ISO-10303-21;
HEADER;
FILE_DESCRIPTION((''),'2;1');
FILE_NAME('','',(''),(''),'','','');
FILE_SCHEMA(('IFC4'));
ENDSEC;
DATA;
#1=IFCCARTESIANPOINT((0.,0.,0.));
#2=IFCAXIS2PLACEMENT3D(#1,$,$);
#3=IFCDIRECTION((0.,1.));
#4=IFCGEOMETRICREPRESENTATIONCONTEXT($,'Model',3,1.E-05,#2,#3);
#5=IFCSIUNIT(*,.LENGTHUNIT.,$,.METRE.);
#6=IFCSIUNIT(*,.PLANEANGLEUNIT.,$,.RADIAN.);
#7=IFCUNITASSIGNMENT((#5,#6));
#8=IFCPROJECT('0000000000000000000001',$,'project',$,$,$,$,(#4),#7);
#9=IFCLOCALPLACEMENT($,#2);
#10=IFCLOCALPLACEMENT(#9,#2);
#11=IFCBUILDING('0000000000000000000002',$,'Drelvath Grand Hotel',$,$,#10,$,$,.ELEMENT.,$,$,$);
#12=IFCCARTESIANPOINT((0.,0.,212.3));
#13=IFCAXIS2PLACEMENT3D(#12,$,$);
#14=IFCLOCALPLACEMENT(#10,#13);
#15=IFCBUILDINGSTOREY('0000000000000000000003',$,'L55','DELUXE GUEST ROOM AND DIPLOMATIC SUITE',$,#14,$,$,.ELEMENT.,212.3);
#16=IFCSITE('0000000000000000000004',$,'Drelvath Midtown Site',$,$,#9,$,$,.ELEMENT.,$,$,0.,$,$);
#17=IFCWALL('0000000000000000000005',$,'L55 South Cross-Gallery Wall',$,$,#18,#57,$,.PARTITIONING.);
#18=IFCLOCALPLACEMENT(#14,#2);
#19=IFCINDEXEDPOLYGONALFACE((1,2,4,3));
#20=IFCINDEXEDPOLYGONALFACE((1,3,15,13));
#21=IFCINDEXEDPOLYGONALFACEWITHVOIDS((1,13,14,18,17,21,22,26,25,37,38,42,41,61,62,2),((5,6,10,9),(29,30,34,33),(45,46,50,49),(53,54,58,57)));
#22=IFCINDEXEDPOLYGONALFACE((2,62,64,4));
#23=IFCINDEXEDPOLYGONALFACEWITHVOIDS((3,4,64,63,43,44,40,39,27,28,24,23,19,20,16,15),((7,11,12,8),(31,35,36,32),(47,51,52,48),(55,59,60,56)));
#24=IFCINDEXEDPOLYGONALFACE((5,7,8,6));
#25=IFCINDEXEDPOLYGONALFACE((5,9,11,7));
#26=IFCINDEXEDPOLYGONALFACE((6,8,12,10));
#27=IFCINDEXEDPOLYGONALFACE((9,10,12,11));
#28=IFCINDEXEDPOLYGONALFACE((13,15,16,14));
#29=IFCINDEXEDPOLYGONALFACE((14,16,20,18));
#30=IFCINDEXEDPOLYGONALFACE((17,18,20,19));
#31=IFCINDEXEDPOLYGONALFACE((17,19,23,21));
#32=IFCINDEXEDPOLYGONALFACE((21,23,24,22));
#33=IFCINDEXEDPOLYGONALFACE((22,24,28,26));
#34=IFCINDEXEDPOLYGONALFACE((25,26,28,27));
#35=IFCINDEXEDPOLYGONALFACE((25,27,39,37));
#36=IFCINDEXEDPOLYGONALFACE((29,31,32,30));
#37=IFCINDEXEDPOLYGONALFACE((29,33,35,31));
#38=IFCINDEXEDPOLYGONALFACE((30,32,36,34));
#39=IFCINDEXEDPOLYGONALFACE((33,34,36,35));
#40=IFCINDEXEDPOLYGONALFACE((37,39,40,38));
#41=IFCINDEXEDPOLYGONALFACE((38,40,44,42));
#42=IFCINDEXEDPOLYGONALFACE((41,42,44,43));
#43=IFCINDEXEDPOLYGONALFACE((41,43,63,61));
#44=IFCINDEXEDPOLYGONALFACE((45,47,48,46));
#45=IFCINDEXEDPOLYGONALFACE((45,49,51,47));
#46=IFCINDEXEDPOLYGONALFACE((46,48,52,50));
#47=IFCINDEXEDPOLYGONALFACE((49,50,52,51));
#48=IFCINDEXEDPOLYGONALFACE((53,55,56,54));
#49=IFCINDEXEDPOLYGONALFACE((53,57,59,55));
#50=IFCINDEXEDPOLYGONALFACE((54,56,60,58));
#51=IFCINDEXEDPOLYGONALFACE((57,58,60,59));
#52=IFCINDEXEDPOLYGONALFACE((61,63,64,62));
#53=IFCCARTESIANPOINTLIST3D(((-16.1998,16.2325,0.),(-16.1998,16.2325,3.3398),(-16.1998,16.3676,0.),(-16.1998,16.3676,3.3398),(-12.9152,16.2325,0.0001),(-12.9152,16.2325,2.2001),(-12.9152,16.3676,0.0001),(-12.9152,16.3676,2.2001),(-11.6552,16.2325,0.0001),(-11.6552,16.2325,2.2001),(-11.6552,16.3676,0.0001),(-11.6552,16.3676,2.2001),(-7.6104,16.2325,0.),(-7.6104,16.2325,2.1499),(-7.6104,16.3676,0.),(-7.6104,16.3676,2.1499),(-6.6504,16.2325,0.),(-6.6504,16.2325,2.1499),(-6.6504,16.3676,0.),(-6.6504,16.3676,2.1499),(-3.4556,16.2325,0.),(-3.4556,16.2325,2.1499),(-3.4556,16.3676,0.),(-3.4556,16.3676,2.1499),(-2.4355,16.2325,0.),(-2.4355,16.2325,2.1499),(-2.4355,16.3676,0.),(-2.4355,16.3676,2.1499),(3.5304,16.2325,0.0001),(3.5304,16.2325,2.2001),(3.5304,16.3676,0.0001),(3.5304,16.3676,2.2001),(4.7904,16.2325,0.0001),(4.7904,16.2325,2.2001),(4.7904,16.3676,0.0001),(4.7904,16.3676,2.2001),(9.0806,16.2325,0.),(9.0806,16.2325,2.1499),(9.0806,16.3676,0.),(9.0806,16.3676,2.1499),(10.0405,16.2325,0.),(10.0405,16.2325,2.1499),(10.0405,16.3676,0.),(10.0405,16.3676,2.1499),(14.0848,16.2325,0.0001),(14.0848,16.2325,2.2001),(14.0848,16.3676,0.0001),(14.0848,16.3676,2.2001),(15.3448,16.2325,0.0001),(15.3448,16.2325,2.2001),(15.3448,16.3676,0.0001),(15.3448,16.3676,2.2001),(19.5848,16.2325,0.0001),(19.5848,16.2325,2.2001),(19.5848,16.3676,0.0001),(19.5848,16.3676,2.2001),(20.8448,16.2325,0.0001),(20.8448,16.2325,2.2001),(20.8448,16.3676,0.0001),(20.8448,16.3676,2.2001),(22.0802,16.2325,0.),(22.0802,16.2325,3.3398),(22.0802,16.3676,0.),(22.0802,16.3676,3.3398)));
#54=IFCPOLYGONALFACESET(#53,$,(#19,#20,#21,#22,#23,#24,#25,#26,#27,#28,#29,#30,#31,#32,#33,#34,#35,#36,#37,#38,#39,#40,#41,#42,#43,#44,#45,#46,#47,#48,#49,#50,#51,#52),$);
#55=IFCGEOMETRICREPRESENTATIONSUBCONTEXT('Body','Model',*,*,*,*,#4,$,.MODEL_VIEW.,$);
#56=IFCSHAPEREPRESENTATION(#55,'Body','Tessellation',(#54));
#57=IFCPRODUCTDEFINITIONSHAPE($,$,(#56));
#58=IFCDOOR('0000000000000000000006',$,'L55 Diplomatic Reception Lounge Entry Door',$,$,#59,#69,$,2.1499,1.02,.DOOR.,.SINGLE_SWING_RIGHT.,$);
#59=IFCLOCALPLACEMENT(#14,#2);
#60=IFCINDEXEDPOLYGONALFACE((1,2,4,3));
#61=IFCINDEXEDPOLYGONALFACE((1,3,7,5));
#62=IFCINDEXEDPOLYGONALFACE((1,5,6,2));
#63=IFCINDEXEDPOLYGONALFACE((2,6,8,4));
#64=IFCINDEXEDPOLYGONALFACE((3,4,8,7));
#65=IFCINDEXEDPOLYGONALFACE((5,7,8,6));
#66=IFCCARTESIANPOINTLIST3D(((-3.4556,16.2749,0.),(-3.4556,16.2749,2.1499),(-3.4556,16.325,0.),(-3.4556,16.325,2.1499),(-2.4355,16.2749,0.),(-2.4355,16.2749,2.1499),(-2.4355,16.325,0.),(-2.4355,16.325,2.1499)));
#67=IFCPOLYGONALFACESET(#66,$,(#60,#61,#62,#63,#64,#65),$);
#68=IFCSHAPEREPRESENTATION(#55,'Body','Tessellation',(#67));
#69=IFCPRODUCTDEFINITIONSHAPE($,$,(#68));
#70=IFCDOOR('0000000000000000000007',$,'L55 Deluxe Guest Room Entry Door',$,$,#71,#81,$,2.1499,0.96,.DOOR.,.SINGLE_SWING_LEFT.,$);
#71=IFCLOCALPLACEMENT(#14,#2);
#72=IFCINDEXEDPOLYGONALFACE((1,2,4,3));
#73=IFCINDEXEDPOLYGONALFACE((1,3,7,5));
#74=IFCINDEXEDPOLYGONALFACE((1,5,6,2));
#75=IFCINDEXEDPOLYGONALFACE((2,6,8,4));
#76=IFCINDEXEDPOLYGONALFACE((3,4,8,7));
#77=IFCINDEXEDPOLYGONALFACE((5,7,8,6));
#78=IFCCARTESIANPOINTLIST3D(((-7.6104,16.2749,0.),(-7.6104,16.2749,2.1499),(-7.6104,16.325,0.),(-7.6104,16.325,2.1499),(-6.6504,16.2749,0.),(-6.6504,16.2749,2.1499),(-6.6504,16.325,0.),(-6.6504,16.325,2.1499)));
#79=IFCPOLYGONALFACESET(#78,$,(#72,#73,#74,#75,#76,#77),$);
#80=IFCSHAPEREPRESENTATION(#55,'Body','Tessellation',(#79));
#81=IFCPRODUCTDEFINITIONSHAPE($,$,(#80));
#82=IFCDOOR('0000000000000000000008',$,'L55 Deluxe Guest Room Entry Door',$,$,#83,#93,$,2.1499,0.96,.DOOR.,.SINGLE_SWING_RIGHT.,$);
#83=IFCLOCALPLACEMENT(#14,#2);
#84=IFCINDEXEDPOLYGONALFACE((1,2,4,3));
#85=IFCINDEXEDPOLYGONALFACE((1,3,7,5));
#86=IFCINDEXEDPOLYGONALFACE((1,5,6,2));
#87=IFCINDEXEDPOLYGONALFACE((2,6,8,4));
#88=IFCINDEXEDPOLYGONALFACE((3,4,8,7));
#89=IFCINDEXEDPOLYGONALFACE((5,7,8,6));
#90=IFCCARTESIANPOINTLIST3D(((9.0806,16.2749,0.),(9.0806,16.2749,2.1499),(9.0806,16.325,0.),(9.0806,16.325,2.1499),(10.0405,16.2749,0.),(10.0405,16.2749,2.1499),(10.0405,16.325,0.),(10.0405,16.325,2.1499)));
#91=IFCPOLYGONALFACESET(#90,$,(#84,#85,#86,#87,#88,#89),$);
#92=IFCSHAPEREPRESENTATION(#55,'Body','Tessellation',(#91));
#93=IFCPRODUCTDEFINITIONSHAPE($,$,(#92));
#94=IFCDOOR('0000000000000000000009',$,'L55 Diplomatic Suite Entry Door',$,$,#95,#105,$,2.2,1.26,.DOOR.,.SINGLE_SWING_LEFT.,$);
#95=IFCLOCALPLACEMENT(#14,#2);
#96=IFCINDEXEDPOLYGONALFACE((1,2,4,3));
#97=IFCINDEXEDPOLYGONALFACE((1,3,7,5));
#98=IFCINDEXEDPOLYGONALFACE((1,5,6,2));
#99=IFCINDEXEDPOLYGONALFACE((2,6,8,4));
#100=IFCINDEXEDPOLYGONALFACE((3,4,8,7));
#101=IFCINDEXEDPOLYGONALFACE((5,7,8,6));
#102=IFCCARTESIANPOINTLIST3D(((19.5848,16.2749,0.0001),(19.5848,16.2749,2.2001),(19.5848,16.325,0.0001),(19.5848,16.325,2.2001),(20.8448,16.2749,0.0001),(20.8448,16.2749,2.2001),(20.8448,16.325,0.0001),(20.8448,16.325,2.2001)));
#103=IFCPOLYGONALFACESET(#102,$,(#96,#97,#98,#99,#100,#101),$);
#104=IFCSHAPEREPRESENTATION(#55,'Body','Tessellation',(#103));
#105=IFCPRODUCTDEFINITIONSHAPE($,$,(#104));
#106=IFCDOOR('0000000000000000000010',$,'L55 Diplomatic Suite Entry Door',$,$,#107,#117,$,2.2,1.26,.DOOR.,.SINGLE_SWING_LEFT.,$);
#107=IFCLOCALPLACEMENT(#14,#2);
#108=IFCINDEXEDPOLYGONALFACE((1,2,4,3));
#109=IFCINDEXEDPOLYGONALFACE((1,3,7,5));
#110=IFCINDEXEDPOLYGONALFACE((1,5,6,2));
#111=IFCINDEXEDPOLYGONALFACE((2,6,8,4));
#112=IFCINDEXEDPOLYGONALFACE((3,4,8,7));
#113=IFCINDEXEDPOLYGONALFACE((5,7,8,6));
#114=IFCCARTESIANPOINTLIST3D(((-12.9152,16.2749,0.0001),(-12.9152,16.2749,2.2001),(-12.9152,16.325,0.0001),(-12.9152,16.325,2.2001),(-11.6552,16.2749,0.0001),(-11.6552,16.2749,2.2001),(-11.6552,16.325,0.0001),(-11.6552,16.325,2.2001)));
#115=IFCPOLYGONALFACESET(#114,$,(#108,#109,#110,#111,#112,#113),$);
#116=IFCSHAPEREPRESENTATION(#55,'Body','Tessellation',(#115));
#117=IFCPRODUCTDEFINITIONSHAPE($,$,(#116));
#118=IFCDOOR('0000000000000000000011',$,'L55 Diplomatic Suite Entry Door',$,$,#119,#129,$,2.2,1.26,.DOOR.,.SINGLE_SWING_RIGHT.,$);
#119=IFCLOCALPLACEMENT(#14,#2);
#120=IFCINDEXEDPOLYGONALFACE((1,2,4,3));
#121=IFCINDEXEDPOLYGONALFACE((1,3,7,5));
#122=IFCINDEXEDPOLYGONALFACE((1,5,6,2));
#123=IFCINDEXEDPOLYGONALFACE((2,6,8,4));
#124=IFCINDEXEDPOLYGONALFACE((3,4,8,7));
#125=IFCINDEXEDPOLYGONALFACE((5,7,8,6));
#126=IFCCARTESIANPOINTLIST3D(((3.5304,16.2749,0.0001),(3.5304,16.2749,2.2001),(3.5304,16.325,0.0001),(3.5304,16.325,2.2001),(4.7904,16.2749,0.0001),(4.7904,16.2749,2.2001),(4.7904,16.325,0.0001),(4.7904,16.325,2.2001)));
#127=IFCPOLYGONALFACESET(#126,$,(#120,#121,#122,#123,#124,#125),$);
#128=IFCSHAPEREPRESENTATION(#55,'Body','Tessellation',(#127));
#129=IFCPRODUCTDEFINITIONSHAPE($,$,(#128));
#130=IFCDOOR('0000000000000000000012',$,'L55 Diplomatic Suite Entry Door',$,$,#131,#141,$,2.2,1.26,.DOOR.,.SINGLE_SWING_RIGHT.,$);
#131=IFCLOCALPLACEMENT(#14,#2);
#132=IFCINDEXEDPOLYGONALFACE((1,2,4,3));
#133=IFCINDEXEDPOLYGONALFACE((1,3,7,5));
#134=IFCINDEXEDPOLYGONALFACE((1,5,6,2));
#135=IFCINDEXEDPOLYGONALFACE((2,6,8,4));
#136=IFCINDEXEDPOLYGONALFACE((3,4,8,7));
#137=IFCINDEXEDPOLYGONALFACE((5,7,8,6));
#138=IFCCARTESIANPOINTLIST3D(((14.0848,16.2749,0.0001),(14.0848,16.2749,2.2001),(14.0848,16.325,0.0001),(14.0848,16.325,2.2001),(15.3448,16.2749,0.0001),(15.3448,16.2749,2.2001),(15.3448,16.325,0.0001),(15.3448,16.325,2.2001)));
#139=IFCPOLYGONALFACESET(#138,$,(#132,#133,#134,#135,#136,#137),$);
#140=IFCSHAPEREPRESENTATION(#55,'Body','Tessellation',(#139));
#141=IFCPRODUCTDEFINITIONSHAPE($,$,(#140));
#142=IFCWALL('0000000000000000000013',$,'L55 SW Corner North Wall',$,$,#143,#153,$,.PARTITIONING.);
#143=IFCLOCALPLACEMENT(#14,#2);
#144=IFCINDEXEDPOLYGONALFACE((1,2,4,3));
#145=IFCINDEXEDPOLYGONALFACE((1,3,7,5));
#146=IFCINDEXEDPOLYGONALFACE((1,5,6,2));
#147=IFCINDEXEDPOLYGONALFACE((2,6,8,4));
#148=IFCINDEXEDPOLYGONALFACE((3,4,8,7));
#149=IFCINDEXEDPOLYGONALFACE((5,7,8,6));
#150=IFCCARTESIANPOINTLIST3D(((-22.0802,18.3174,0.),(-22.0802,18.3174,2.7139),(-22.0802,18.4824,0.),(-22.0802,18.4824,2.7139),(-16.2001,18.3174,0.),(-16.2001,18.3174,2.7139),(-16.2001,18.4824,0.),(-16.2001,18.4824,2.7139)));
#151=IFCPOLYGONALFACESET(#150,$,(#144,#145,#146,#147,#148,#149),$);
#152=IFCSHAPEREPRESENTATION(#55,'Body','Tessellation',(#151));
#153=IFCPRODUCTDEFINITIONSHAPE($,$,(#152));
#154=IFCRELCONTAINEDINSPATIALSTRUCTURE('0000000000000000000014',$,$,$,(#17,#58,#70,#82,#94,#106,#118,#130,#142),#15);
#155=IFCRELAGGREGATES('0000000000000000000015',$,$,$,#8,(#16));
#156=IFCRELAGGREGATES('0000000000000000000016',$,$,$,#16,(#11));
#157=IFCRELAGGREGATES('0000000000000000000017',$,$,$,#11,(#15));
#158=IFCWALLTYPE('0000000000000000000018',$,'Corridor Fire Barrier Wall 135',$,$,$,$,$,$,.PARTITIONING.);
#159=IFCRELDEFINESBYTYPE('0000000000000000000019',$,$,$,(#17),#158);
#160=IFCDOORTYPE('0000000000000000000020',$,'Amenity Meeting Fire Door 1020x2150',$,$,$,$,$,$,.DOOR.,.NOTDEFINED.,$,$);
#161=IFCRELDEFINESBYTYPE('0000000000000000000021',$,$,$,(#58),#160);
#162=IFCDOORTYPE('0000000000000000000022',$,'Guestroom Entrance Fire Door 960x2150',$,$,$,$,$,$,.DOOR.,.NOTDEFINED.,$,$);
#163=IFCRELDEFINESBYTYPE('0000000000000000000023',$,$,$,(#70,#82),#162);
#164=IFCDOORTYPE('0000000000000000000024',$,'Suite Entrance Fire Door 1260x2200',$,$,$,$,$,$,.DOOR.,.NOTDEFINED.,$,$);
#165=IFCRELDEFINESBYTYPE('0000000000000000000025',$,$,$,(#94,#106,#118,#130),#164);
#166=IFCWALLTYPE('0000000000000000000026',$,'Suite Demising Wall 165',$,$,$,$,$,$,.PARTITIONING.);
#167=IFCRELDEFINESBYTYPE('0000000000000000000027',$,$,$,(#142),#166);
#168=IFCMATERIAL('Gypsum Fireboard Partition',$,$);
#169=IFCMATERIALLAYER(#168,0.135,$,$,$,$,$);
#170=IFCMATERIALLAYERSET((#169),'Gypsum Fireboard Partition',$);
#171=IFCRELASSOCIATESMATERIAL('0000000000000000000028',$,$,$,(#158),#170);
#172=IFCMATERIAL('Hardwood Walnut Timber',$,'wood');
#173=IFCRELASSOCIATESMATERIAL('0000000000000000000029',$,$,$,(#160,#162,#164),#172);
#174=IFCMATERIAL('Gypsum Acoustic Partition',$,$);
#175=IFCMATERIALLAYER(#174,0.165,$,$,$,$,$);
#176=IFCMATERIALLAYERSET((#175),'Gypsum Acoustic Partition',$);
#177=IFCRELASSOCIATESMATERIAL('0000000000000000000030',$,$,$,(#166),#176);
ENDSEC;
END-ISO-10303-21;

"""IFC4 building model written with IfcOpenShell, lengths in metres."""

from ifc_helpers import new_model, si_unit, direction, frame, frame_2d, origin, place, context, subcontext, project, spatial, rectangle, extrude, material, layer, layer_set, type_object, element, fill, save


model = new_model("IFC4")

# Units and contexts
model_context = context("Model", 3, precision=1e-05, world=origin(), true_north=direction((0.0, 1.0)))
body_context = subcontext(model_context, "Body", "Model", "MODEL_VIEW")
ifc_project = project(units=[si_unit("LENGTHUNIT", "METRE"), si_unit("PLANEANGLEUNIT", "RADIAN")], contexts=[model_context])

# Site, building, storey
site_placement = place(None, origin())
site = spatial("IfcSite", under=ifc_project, at=site_placement, Name="Drelvath Midtown Site", CompositionType="ELEMENT", RefElevation=0.0)
building_placement = place(site_placement, origin())
building = spatial("IfcBuilding", under=site, at=building_placement, Name="Drelvath Grand Hotel", CompositionType="ELEMENT")
storey_placement = place(building_placement, frame((0.0, 0.0, 212.3)))
storey = spatial("IfcBuildingStorey", under=building, at=storey_placement, Name="L55", Description="DELUXE GUEST ROOM AND DIPLOMATIC SUITE", CompositionType="ELEMENT", Elevation=212.3)

# Wall, openings, doors
ifc_material_1 = material(Name="Gypsum Fireboard Partition")
ifc_layer_1 = layer(ifc_material_1, 0.135)
ifc_layer_set_1 = layer_set([ifc_layer_1], Name="Gypsum Fireboard Partition")
wall_type_1 = type_object("IfcWallType", Name="Corridor Fire Barrier Wall 135", PredefinedType="PARTITIONING", material=ifc_layer_set_1)
wall_1_placement = place(storey_placement, frame((-16.2, 16.3, 0.0), z_axis=(0.0, 0.0, 1.0), x_axis=(1.0, 0.0, 0.0)))
wall_1 = element("IfcWall", 1, at=wall_1_placement, inside=storey, type_object=wall_type_1, Name="L55 South Cross-Gallery Wall", PredefinedType="PARTITIONING", context=body_context, shape_type="SweptSolid", body=[
    extrude(rectangle(XDim=38.28, YDim=0.135, at=frame_2d((19.1401, 0.0))), origin(), (0.0, 0.0, 1.0), 3.3398),
])
opening_1_placement = place(wall_1_placement, frame((35.7849, 0.0, 0.0)))
opening_1 = element("IfcOpeningElement", 2, at=opening_1_placement, cuts=wall_1, PredefinedType="OPENING", context=body_context, shape_type="SweptSolid", body=[
    extrude(rectangle(XDim=1.26, YDim=2.2, at=frame_2d((0.6299, 1.1001))), frame((0.0, 0.0774, 0.0), z_axis=(0.0, -1.0, 0.0), x_axis=(1.0, 0.0, 0.0)), (0.0, 0.0, 1.0), 0.155),
])
opening_2_placement = place(wall_1_placement, frame((3.2849, 0.0, 0.0)))
opening_2 = element("IfcOpeningElement", 3, at=opening_2_placement, cuts=wall_1, PredefinedType="OPENING", context=body_context, shape_type="SweptSolid", body=[
    extrude(rectangle(XDim=1.26, YDim=2.2, at=frame_2d((0.6299, 1.1001))), frame((0.0, 0.0774, 0.0), z_axis=(0.0, -1.0, 0.0), x_axis=(1.0, 0.0, 0.0)), (0.0, 0.0, 1.0), 0.155),
])
opening_3_placement = place(wall_1_placement, frame((8.5896, 0.0, 0.0)))
opening_3 = element("IfcOpeningElement", 4, at=opening_3_placement, cuts=wall_1, PredefinedType="OPENING", context=body_context, shape_type="SweptSolid", body=[
    extrude(rectangle(XDim=0.96, YDim=2.1499, at=frame_2d((0.48, 1.075))), frame((0.0, 0.0774, 0.0), z_axis=(0.0, -1.0, 0.0), x_axis=(1.0, 0.0, 0.0)), (0.0, 0.0, 1.0), 0.155),
])
opening_4_placement = place(wall_1_placement, frame((12.7444, 0.0, 0.0)))
opening_4 = element("IfcOpeningElement", 5, at=opening_4_placement, cuts=wall_1, PredefinedType="OPENING", context=body_context, shape_type="SweptSolid", body=[
    extrude(rectangle(XDim=1.02, YDim=2.1499, at=frame_2d((0.51, 1.075))), frame((0.0, 0.0774, 0.0), z_axis=(0.0, -1.0, 0.0), x_axis=(1.0, 0.0, 0.0)), (0.0, 0.0, 1.0), 0.155),
])
opening_5_placement = place(wall_1_placement, frame((19.7305, 0.0, 0.0)))
opening_5 = element("IfcOpeningElement", 6, at=opening_5_placement, cuts=wall_1, PredefinedType="OPENING", context=body_context, shape_type="SweptSolid", body=[
    extrude(rectangle(XDim=1.26, YDim=2.2, at=frame_2d((0.6299, 1.1001))), frame((0.0, 0.0774, 0.0), z_axis=(0.0, -1.0, 0.0), x_axis=(1.0, 0.0, 0.0)), (0.0, 0.0, 1.0), 0.155),
])
opening_6_placement = place(wall_1_placement, frame((25.2805, 0.0, 0.0)))
opening_6 = element("IfcOpeningElement", 7, at=opening_6_placement, cuts=wall_1, PredefinedType="OPENING", context=body_context, shape_type="SweptSolid", body=[
    extrude(rectangle(XDim=0.96, YDim=2.1499, at=frame_2d((0.48, 1.075))), frame((0.0, 0.0774, 0.0), z_axis=(0.0, -1.0, 0.0), x_axis=(1.0, 0.0, 0.0)), (0.0, 0.0, 1.0), 0.155),
])
opening_7_placement = place(wall_1_placement, frame((30.2849, 0.0, 0.0)))
opening_7 = element("IfcOpeningElement", 8, at=opening_7_placement, cuts=wall_1, PredefinedType="OPENING", context=body_context, shape_type="SweptSolid", body=[
    extrude(rectangle(XDim=1.26, YDim=2.2, at=frame_2d((0.6299, 1.1001))), frame((0.0, 0.0774, 0.0), z_axis=(0.0, -1.0, 0.0), x_axis=(1.0, 0.0, 0.0)), (0.0, 0.0, 1.0), 0.155),
])
ifc_material_2 = material(Name="Hardwood Walnut Timber", Category="wood")
door_type_1 = type_object("IfcDoorType", Name="Amenity Meeting Fire Door 1020x2150", OperationType="NOTDEFINED", PredefinedType="DOOR", material=ifc_material_2)
door_1_placement = place(opening_4_placement, origin())
door_1 = element("IfcDoor", 9, at=door_1_placement, inside=storey, type_object=door_type_1, Name="L55 Diplomatic Reception Lounge Entry Door", OperationType="SINGLE_SWING_RIGHT", OverallHeight=2.1499, OverallWidth=1.02, PredefinedType="DOOR", context=body_context, shape_type="SweptSolid", body=[
    extrude(rectangle(XDim=1.02, YDim=2.1499, at=frame_2d((0.51, 1.075))), frame((0.0, 0.0249, 0.0), z_axis=(0.0, -1.0, 0.0), x_axis=(1.0, 0.0, 0.0)), (0.0, 0.0, 1.0), 0.05),
])
fill(opening_4, door_1)
door_type_2 = type_object("IfcDoorType", Name="Guestroom Entrance Fire Door 960x2150", OperationType="NOTDEFINED", PredefinedType="DOOR", material=ifc_material_2)
door_2_placement = place(opening_3_placement, origin())
door_2 = element("IfcDoor", 10, at=door_2_placement, inside=storey, type_object=door_type_2, Name="L55 Deluxe Guest Room Entry Door", OperationType="SINGLE_SWING_LEFT", OverallHeight=2.1499, OverallWidth=0.96, PredefinedType="DOOR", context=body_context, shape_type="SweptSolid", body=[
    extrude(rectangle(XDim=0.96, YDim=2.1499, at=frame_2d((0.48, 1.075))), frame((0.0, 0.0249, 0.0), z_axis=(0.0, -1.0, 0.0), x_axis=(1.0, 0.0, 0.0)), (0.0, 0.0, 1.0), 0.05),
])
fill(opening_3, door_2)
door_3_placement = place(opening_6_placement, origin())
door_3 = element("IfcDoor", 11, at=door_3_placement, inside=storey, type_object=door_type_2, Name="L55 Deluxe Guest Room Entry Door", OperationType="SINGLE_SWING_RIGHT", OverallHeight=2.1499, OverallWidth=0.96, PredefinedType="DOOR", context=body_context, shape_type="SweptSolid", body=[
    extrude(rectangle(XDim=0.96, YDim=2.1499, at=frame_2d((0.48, 1.075))), frame((0.0, 0.0249, 0.0), z_axis=(0.0, -1.0, 0.0), x_axis=(1.0, 0.0, 0.0)), (0.0, 0.0, 1.0), 0.05),
])
fill(opening_6, door_3)
door_type_3 = type_object("IfcDoorType", Name="Suite Entrance Fire Door 1260x2200", OperationType="NOTDEFINED", PredefinedType="DOOR", material=ifc_material_2)
door_4_placement = place(opening_1_placement, origin())
door_4 = element("IfcDoor", 12, at=door_4_placement, inside=storey, type_object=door_type_3, Name="L55 Diplomatic Suite Entry Door", OperationType="SINGLE_SWING_LEFT", OverallHeight=2.2, OverallWidth=1.26, PredefinedType="DOOR", context=body_context, shape_type="SweptSolid", body=[
    extrude(rectangle(XDim=1.26, YDim=2.2, at=frame_2d((0.6299, 1.1001))), frame((0.0, 0.0249, 0.0), z_axis=(0.0, -1.0, 0.0), x_axis=(1.0, 0.0, 0.0)), (0.0, 0.0, 1.0), 0.05),
])
fill(opening_1, door_4)
door_5_placement = place(opening_2_placement, origin())
door_5 = element("IfcDoor", 13, at=door_5_placement, inside=storey, type_object=door_type_3, Name="L55 Diplomatic Suite Entry Door", OperationType="SINGLE_SWING_LEFT", OverallHeight=2.2, OverallWidth=1.26, PredefinedType="DOOR", context=body_context, shape_type="SweptSolid", body=[
    extrude(rectangle(XDim=1.26, YDim=2.2, at=frame_2d((0.6299, 1.1001))), frame((0.0, 0.0249, 0.0), z_axis=(0.0, -1.0, 0.0), x_axis=(1.0, 0.0, 0.0)), (0.0, 0.0, 1.0), 0.05),
])
fill(opening_2, door_5)
door_6_placement = place(opening_5_placement, origin())
door_6 = element("IfcDoor", 14, at=door_6_placement, inside=storey, type_object=door_type_3, Name="L55 Diplomatic Suite Entry Door", OperationType="SINGLE_SWING_RIGHT", OverallHeight=2.2, OverallWidth=1.26, PredefinedType="DOOR", context=body_context, shape_type="SweptSolid", body=[
    extrude(rectangle(XDim=1.26, YDim=2.2, at=frame_2d((0.6299, 1.1001))), frame((0.0, 0.0249, 0.0), z_axis=(0.0, -1.0, 0.0), x_axis=(1.0, 0.0, 0.0)), (0.0, 0.0, 1.0), 0.05),
])
fill(opening_5, door_6)
door_7_placement = place(opening_7_placement, origin())
door_7 = element("IfcDoor", 15, at=door_7_placement, inside=storey, type_object=door_type_3, Name="L55 Diplomatic Suite Entry Door", OperationType="SINGLE_SWING_RIGHT", OverallHeight=2.2, OverallWidth=1.26, PredefinedType="DOOR", context=body_context, shape_type="SweptSolid", body=[
    extrude(rectangle(XDim=1.26, YDim=2.2, at=frame_2d((0.6299, 1.1001))), frame((0.0, 0.0249, 0.0), z_axis=(0.0, -1.0, 0.0), x_axis=(1.0, 0.0, 0.0)), (0.0, 0.0, 1.0), 0.05),
])
fill(opening_7, door_7)

# Wall
ifc_material_3 = material(Name="Gypsum Acoustic Partition")
ifc_layer_2 = layer(ifc_material_3, 0.165)
ifc_layer_set_2 = layer_set([ifc_layer_2], Name="Gypsum Acoustic Partition")
wall_type_2 = type_object("IfcWallType", Name="Suite Demising Wall 165", PredefinedType="PARTITIONING", material=ifc_layer_set_2)
wall_2_placement = place(storey_placement, frame((-22.0801, 18.3999, 0.0), z_axis=(0.0, 0.0, 1.0), x_axis=(1.0, 0.0, 0.0)))
element("IfcWall", 16, at=wall_2_placement, inside=storey, type_object=wall_type_2, Name="L55 SW Corner North Wall", PredefinedType="PARTITIONING", context=body_context, shape_type="SweptSolid", body=[
    extrude(rectangle(XDim=5.8801, YDim=0.165, at=frame_2d((2.9399, 0.0))), origin(), (0.0, 0.0, 1.0), 2.7139),
])

save(model, "model.ifc")
